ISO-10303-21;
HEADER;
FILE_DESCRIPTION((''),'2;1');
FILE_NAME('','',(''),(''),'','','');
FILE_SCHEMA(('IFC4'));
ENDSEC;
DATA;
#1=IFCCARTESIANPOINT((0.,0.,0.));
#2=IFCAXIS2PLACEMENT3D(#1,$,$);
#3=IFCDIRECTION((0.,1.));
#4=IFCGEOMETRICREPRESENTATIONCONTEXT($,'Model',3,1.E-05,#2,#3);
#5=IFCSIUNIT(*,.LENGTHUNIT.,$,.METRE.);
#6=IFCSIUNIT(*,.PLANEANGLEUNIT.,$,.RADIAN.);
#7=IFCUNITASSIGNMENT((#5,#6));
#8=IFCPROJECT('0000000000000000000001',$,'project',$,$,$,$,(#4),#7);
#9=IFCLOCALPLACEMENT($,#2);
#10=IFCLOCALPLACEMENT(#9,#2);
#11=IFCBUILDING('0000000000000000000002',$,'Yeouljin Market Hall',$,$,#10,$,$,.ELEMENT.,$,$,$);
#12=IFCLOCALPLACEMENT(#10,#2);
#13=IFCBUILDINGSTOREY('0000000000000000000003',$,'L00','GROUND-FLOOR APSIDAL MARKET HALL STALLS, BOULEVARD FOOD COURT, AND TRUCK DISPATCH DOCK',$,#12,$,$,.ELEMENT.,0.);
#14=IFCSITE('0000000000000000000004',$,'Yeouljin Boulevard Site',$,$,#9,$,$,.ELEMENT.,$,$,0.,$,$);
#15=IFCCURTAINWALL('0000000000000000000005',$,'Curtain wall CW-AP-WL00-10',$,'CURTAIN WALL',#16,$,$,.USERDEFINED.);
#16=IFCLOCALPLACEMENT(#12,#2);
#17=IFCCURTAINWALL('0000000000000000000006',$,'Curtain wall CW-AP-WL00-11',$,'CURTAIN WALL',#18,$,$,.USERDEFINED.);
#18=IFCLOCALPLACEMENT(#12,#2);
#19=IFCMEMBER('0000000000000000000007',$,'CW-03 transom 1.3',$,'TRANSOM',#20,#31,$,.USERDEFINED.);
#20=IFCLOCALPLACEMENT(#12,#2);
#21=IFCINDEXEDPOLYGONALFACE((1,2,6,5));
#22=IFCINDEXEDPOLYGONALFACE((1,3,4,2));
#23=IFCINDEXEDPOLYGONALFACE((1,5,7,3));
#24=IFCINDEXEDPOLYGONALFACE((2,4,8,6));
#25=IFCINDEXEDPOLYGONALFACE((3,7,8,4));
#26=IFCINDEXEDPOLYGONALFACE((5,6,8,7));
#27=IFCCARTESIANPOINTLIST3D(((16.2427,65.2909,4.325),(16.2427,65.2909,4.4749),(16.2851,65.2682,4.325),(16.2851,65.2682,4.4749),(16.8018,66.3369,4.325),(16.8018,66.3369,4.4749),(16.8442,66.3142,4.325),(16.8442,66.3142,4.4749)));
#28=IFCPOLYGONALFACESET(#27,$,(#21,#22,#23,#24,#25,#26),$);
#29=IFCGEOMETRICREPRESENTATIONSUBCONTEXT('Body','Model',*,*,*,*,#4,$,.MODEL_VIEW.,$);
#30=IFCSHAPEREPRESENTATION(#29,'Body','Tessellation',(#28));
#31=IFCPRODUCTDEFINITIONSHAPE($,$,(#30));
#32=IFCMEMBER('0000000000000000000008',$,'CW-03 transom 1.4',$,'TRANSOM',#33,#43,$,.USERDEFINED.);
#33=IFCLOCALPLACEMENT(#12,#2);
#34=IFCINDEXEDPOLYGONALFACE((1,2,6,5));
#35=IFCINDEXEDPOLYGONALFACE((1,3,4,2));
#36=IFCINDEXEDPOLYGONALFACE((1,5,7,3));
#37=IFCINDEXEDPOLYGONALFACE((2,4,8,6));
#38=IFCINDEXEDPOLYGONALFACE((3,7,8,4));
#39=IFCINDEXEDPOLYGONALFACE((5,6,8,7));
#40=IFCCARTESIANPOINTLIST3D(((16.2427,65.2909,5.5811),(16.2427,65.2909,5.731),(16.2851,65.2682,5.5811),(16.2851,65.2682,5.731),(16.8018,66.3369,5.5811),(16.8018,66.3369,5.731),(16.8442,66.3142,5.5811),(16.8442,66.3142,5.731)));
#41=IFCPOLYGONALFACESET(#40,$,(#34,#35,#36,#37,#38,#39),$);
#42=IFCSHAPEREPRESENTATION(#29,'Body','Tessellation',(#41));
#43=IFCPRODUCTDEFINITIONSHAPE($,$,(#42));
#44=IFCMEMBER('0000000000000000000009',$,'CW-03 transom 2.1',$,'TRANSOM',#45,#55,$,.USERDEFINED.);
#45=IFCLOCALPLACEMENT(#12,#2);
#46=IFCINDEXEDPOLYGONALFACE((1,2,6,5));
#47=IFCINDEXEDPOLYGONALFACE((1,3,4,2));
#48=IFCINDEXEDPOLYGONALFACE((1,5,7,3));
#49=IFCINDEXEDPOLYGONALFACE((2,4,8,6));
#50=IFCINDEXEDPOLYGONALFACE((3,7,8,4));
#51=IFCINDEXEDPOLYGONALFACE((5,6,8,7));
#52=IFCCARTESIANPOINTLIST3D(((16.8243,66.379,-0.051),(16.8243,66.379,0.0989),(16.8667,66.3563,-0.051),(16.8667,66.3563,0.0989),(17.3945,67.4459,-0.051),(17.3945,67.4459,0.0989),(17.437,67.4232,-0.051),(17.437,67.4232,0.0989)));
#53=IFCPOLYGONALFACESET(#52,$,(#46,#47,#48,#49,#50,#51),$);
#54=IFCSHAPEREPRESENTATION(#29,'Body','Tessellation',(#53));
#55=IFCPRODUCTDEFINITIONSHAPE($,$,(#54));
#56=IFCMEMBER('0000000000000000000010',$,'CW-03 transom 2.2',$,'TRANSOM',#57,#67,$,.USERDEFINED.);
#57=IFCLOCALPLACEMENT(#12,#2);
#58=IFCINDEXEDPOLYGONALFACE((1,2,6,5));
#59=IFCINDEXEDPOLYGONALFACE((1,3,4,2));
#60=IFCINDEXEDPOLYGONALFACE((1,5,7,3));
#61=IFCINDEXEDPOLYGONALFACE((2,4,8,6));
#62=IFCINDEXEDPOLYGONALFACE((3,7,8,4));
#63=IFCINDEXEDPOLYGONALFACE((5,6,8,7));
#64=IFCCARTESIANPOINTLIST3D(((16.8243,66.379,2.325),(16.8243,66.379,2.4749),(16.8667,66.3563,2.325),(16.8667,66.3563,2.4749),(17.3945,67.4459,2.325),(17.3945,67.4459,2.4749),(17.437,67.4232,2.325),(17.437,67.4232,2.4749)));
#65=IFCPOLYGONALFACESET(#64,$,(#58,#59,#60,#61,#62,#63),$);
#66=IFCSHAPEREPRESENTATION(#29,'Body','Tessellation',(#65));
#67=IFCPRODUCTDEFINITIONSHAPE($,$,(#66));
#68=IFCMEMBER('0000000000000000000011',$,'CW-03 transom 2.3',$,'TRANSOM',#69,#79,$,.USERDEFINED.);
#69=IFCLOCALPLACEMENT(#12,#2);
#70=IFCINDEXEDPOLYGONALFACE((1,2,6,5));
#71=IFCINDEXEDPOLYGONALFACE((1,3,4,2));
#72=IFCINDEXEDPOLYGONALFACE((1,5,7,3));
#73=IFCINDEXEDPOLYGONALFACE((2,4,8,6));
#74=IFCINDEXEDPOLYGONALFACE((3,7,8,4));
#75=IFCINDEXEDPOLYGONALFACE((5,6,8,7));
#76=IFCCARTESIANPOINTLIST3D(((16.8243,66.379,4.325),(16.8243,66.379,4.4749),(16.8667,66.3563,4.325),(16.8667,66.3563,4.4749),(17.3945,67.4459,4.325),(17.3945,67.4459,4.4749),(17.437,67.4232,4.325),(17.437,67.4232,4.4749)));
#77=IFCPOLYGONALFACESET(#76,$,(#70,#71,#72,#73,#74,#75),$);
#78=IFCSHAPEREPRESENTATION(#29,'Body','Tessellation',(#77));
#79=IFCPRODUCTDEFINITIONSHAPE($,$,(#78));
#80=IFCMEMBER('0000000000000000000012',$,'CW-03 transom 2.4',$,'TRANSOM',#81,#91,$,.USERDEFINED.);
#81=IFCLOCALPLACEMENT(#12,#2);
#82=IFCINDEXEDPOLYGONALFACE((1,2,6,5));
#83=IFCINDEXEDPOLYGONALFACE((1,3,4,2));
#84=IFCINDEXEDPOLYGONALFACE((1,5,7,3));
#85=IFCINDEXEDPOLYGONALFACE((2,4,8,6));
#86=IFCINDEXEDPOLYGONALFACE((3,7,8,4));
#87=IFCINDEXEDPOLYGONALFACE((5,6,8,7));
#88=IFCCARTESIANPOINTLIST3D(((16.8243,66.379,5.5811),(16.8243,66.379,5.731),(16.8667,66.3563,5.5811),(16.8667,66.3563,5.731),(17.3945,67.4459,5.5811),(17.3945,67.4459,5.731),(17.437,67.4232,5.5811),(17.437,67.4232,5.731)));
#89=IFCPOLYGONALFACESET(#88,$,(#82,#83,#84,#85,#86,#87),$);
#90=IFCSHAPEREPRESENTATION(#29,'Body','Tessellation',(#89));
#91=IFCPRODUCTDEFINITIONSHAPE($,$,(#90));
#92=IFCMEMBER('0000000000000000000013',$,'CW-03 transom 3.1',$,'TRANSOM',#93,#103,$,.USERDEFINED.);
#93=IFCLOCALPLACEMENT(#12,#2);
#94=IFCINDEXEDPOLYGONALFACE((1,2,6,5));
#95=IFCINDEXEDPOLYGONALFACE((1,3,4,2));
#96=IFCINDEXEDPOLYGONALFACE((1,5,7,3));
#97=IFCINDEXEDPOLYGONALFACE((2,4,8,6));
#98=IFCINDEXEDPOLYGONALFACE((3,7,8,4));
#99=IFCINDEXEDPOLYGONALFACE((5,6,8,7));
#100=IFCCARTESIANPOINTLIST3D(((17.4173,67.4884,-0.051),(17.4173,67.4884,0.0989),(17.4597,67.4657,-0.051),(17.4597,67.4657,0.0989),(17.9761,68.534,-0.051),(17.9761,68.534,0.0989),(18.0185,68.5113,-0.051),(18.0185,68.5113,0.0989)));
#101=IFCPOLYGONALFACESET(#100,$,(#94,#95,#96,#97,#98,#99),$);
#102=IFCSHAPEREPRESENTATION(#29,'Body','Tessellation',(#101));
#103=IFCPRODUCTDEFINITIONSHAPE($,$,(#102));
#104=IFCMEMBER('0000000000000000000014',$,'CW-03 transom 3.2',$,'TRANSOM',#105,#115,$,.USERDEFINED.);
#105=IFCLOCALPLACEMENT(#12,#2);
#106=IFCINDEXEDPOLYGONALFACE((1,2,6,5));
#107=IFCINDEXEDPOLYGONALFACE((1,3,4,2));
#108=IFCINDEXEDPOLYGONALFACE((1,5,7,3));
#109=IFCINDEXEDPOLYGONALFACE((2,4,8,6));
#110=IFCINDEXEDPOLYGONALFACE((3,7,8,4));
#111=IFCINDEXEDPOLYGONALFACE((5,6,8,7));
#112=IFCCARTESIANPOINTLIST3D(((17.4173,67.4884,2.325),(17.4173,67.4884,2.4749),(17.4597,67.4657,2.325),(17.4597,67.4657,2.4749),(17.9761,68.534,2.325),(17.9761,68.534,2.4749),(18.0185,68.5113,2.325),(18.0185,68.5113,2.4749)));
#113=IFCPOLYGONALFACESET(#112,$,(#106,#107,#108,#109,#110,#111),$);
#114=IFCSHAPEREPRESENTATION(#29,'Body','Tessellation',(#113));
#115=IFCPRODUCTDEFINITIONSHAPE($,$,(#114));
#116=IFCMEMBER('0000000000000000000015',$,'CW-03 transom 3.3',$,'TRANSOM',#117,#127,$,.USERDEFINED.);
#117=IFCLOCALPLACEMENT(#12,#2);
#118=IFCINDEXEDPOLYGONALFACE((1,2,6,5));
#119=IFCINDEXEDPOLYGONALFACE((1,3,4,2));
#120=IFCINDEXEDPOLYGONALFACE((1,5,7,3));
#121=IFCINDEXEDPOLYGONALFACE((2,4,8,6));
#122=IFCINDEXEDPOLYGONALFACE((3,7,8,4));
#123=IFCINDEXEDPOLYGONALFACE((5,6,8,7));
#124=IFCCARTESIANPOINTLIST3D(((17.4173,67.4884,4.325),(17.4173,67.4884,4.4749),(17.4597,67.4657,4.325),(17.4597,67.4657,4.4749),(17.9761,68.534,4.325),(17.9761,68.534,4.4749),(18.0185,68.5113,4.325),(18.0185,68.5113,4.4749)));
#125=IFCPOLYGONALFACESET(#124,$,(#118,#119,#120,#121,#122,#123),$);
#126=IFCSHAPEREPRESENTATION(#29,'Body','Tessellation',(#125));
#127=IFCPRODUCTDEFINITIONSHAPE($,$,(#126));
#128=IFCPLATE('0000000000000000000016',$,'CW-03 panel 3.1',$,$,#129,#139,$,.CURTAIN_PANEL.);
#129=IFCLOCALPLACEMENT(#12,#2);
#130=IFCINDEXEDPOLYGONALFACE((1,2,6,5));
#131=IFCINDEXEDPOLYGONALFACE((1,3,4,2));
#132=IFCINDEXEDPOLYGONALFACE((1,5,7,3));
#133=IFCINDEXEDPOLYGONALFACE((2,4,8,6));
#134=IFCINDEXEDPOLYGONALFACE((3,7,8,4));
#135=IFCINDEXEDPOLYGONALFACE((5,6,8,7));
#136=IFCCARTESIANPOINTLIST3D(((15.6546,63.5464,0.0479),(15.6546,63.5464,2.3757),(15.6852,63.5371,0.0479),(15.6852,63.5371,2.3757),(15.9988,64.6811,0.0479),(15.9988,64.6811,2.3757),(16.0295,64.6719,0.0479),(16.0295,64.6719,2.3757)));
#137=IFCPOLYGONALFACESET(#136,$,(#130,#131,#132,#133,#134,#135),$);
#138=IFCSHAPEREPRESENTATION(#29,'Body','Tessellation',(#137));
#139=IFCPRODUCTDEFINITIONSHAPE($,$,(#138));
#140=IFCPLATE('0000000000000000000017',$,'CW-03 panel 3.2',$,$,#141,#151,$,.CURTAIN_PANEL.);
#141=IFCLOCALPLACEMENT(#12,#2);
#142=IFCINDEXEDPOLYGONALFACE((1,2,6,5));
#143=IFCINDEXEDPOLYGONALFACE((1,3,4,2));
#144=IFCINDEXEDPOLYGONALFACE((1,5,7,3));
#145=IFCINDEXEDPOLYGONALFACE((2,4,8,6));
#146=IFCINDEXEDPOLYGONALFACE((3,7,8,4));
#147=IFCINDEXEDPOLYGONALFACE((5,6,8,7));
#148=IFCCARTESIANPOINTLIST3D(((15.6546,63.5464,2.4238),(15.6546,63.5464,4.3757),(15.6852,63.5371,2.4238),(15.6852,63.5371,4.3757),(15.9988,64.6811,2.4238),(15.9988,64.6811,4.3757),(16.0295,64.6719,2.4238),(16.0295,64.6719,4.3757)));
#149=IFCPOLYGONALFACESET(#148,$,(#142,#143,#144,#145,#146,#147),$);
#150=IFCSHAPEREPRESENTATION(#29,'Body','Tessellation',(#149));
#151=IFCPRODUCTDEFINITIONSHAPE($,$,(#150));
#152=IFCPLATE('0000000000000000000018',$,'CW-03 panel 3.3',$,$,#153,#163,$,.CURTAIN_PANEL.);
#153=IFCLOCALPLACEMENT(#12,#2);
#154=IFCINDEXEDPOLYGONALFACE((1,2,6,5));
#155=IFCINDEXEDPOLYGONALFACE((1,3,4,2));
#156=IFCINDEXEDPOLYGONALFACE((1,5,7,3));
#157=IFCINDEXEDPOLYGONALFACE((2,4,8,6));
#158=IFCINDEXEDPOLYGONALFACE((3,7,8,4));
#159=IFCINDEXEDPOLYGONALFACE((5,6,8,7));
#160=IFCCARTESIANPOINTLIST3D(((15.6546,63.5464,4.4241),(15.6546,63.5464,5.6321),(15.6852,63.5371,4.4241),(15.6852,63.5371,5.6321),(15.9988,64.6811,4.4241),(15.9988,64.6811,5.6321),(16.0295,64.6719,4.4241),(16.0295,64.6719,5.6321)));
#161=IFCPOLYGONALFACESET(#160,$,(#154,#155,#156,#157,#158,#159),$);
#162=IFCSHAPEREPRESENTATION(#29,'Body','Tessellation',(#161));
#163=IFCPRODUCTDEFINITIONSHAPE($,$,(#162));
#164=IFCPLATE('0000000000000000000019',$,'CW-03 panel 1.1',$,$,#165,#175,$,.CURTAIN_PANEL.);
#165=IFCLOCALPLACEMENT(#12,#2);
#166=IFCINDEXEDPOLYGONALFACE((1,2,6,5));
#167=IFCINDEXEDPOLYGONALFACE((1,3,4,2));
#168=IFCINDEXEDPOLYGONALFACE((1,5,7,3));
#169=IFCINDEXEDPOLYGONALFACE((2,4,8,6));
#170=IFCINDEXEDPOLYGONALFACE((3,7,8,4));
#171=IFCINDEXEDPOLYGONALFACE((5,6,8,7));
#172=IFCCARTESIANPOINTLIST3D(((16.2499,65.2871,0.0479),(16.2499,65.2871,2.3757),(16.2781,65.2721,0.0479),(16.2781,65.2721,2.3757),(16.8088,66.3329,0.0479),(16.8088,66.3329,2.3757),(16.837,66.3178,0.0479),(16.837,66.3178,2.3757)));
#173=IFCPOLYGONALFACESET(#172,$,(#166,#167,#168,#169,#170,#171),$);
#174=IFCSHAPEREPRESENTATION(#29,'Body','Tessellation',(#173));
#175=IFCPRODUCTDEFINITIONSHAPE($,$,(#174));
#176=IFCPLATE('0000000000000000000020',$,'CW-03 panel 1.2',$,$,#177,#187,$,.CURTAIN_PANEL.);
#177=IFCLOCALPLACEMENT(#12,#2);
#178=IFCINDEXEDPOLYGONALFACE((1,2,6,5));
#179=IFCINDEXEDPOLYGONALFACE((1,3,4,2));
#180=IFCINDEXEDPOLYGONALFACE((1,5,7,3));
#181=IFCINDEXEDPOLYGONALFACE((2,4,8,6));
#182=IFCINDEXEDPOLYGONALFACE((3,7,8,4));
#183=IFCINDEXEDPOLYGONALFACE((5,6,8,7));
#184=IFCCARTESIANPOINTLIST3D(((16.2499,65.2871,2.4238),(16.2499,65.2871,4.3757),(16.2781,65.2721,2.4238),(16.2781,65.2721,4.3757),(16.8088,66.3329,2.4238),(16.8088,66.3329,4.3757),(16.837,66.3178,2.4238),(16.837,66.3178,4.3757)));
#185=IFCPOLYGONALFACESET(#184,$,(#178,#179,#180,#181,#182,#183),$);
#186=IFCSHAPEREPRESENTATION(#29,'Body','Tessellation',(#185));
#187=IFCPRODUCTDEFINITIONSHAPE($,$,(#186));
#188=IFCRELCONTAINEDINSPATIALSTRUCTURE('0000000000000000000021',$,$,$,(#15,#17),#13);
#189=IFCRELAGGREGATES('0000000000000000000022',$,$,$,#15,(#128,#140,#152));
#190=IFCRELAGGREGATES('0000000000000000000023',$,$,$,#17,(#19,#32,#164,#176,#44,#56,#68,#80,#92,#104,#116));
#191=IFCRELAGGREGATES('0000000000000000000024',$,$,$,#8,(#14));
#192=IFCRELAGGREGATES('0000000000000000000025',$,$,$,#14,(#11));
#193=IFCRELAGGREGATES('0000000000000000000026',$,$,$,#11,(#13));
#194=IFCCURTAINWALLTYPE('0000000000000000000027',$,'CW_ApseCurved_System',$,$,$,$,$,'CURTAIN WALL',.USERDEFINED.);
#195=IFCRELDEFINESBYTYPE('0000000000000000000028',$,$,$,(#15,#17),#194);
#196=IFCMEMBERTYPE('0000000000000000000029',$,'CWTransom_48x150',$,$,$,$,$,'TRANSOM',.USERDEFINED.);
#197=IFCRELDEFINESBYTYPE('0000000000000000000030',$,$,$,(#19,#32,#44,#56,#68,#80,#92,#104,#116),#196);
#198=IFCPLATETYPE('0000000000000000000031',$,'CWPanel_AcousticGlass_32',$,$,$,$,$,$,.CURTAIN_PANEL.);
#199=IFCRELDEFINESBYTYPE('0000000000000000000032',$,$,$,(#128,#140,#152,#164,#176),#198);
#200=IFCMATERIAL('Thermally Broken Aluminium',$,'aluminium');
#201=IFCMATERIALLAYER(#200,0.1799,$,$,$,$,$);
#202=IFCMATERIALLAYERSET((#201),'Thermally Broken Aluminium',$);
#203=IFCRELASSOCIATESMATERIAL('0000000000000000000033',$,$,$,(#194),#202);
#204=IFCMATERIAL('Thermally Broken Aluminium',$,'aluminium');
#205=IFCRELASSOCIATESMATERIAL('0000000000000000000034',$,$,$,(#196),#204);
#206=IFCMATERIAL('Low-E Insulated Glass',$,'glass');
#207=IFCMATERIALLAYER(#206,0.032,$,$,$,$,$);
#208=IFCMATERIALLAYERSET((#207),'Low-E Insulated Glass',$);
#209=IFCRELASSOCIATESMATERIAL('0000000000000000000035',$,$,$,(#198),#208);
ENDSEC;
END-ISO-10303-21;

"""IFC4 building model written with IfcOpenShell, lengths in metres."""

from ifc_helpers import new_model, si_unit, direction, frame, origin, origin_2d, place, context, subcontext, project, spatial, rectangle, extrude, material, layer, layer_set, material_profile, profile_set, type_object, element, aggregate, save


model = new_model("IFC4")

# Units and contexts
model_context = context("Model", 3, precision=1e-05, world=origin(), true_north=direction((0.0, 1.0)))
body_context = subcontext(model_context, "Body", "Model", "MODEL_VIEW")
ifc_project = project(units=[si_unit("LENGTHUNIT", "METRE"), si_unit("PLANEANGLEUNIT", "RADIAN")], contexts=[model_context])

# Site, building, storey
site_placement = place(None, origin())
site = spatial("IfcSite", under=ifc_project, at=site_placement, Name="Yeouljin Boulevard Site", CompositionType="ELEMENT", RefElevation=0.0)
building_placement = place(site_placement, origin())
building = spatial("IfcBuilding", under=site, at=building_placement, Name="Yeouljin Market Hall", CompositionType="ELEMENT")
storey_placement = place(building_placement, origin())
storey = spatial("IfcBuildingStorey", under=building, at=storey_placement, Name="L00", Description="GROUND-FLOOR APSIDAL MARKET HALL STALLS, BOULEVARD FOOD COURT, AND TRUCK DISPATCH DOCK", CompositionType="ELEMENT", Elevation=0.0)

# Curtain wall
ifc_material_1 = material(Name="Thermally Broken Aluminium", Category="aluminium")
ifc_layer_1 = layer(ifc_material_1, 0.1799)
ifc_layer_set_1 = layer_set([ifc_layer_1], Name="Thermally Broken Aluminium")
curtain_wall_type = type_object("IfcCurtainWallType", Name="CW_ApseCurved_System", ElementType="CURTAIN WALL", PredefinedType="USERDEFINED", material=ifc_layer_set_1)
curtain_wall_1_placement = place(storey_placement, origin())
curtain_wall_1 = element("IfcCurtainWall", 1, at=curtain_wall_1_placement, inside=storey, type_object=curtain_wall_type, Name="Curtain wall CW-AP-WL00-10", ObjectType="CURTAIN WALL", PredefinedType="USERDEFINED")

# Curtain wall
curtain_wall_2_placement = place(storey_placement, origin())
curtain_wall_2 = element("IfcCurtainWall", 2, at=curtain_wall_2_placement, inside=storey, type_object=curtain_wall_type, Name="Curtain wall CW-AP-WL00-11", ObjectType="CURTAIN WALL", PredefinedType="USERDEFINED")

# Members
ifc_material_2 = material(Name="Thermally Broken Aluminium", Category="aluminium")
ifc_material_profile_1 = material_profile(ifc_material_2, rectangle(XDim=0.0481, YDim=0.1499, at=origin_2d()), Name="CW-TRAN-48x150")
ifc_profile_set_1 = profile_set([ifc_material_profile_1], Name="Thermally Broken Aluminium")
member_type_1 = type_object("IfcMemberType", Name="CWTransom_48x150", ElementType="TRANSOM", PredefinedType="USERDEFINED", material=ifc_profile_set_1)
member_1_placement = place(storey_placement, frame((16.2639, 65.2795, 4.3999), z_axis=(0.471421, 0.881908, 0.0), x_axis=(-0.881908, 0.471421, 0.0)))
member_1 = element("IfcMember", 3, at=member_1_placement, type_object=member_type_1, Name="CW-03 transom 1.3", ObjectType="TRANSOM", PredefinedType="USERDEFINED", context=body_context, shape_type="SweptSolid", body=[
    extrude(rectangle(XDim=0.0481, YDim=0.1499, at=origin_2d()), origin(), (0.0, 0.0, 1.0), 1.186),
])
member_2_placement = place(storey_placement, frame((16.2639, 65.2795, 5.656), z_axis=(0.471421, 0.881908, 0.0), x_axis=(-0.881908, 0.471421, 0.0)))
member_2 = element("IfcMember", 4, at=member_2_placement, type_object=member_type_1, Name="CW-03 transom 1.4", ObjectType="TRANSOM", PredefinedType="USERDEFINED", context=body_context, shape_type="SweptSolid", body=[
    extrude(rectangle(XDim=0.0481, YDim=0.1499, at=origin_2d()), origin(), (0.0, 0.0, 1.0), 1.186),
])
member_3_placement = place(storey_placement, frame((16.8455, 66.3677, 0.0239), z_axis=(0.471426, 0.881906, 0.0), x_axis=(-0.881906, 0.471426, 0.0)))
member_3 = element("IfcMember", 5, at=member_3_placement, type_object=member_type_1, Name="CW-03 transom 2.1", ObjectType="TRANSOM", PredefinedType="USERDEFINED", context=body_context, shape_type="SweptSolid", body=[
    extrude(rectangle(XDim=0.0481, YDim=0.1499, at=origin_2d()), origin(), (0.0, 0.0, 1.0), 1.2097),
])
member_4_placement = place(storey_placement, frame((16.8455, 66.3677, 2.3999), z_axis=(0.471426, 0.881906, 0.0), x_axis=(-0.881906, 0.471426, 0.0)))
member_4 = element("IfcMember", 6, at=member_4_placement, type_object=member_type_1, Name="CW-03 transom 2.2", ObjectType="TRANSOM", PredefinedType="USERDEFINED", context=body_context, shape_type="SweptSolid", body=[
    extrude(rectangle(XDim=0.0481, YDim=0.1499, at=origin_2d()), origin(), (0.0, 0.0, 1.0), 1.2097),
])
member_5_placement = place(storey_placement, frame((16.8455, 66.3677, 4.3999), z_axis=(0.471426, 0.881906, 0.0), x_axis=(-0.881906, 0.471426, 0.0)))
member_5 = element("IfcMember", 7, at=member_5_placement, type_object=member_type_1, Name="CW-03 transom 2.3", ObjectType="TRANSOM", PredefinedType="USERDEFINED", context=body_context, shape_type="SweptSolid", body=[
    extrude(rectangle(XDim=0.0481, YDim=0.1499, at=origin_2d()), origin(), (0.0, 0.0, 1.0), 1.2097),
])
member_6_placement = place(storey_placement, frame((16.8455, 66.3677, 5.656), z_axis=(0.471426, 0.881906, 0.0), x_axis=(-0.881906, 0.471426, 0.0)))
member_6 = element("IfcMember", 8, at=member_6_placement, type_object=member_type_1, Name="CW-03 transom 2.4", ObjectType="TRANSOM", PredefinedType="USERDEFINED", context=body_context, shape_type="SweptSolid", body=[
    extrude(rectangle(XDim=0.0481, YDim=0.1499, at=origin_2d()), origin(), (0.0, 0.0, 1.0), 1.2097),
])
member_7_placement = place(storey_placement, frame((17.4385, 67.4771, 0.0239), z_axis=(0.471347, 0.881948, 0.0), x_axis=(-0.881948, 0.471347, 0.0)))
member_7 = element("IfcMember", 9, at=member_7_placement, type_object=member_type_1, Name="CW-03 transom 3.1", ObjectType="TRANSOM", PredefinedType="USERDEFINED", context=body_context, shape_type="SweptSolid", body=[
    extrude(rectangle(XDim=0.0481, YDim=0.1499, at=origin_2d()), origin(), (0.0, 0.0, 1.0), 1.1855),
])
member_8_placement = place(storey_placement, frame((17.4385, 67.4771, 2.3999), z_axis=(0.471347, 0.881948, 0.0), x_axis=(-0.881948, 0.471347, 0.0)))
member_8 = element("IfcMember", 10, at=member_8_placement, type_object=member_type_1, Name="CW-03 transom 3.2", ObjectType="TRANSOM", PredefinedType="USERDEFINED", context=body_context, shape_type="SweptSolid", body=[
    extrude(rectangle(XDim=0.0481, YDim=0.1499, at=origin_2d()), origin(), (0.0, 0.0, 1.0), 1.1855),
])
member_9_placement = place(storey_placement, frame((17.4385, 67.4771, 4.3999), z_axis=(0.471347, 0.881948, 0.0), x_axis=(-0.881948, 0.471347, 0.0)))
member_9 = element("IfcMember", 11, at=member_9_placement, type_object=member_type_1, Name="CW-03 transom 3.3", ObjectType="TRANSOM", PredefinedType="USERDEFINED", context=body_context, shape_type="SweptSolid", body=[
    extrude(rectangle(XDim=0.0481, YDim=0.1499, at=origin_2d()), origin(), (0.0, 0.0, 1.0), 1.1855),
])

# Plates
ifc_material_3 = material(Name="Low-E Insulated Glass", Category="glass")
ifc_layer_2 = layer(ifc_material_3, 0.032)
ifc_layer_set_2 = layer_set([ifc_layer_2], Name="Low-E Insulated Glass")
plate_type = type_object("IfcPlateType", Name="CWPanel_AcousticGlass_32", PredefinedType="CURTAIN_PANEL", material=ifc_layer_set_2)
plate_1_placement = place(storey_placement, frame((15.842, 64.1091, 0.0479), z_axis=(0.0, 0.0, 1.0), x_axis=(0.290286, 0.95694, 0.0)))
plate_1 = element("IfcPlate", 12, at=plate_1_placement, type_object=plate_type, Name="CW-03 panel 3.1", PredefinedType="CURTAIN_PANEL", context=body_context, shape_type="SweptSolid", body=[
    extrude(rectangle(XDim=1.1858, YDim=0.032, at=origin_2d()), origin(), (0.0, 0.0, 1.0), 2.3279),
])
plate_2_placement = place(storey_placement, frame((15.842, 64.1091, 2.4238), z_axis=(0.0, 0.0, 1.0), x_axis=(0.290286, 0.95694, 0.0)))
plate_2 = element("IfcPlate", 13, at=plate_2_placement, type_object=plate_type, Name="CW-03 panel 3.2", PredefinedType="CURTAIN_PANEL", context=body_context, shape_type="SweptSolid", body=[
    extrude(rectangle(XDim=1.1858, YDim=0.032, at=origin_2d()), origin(), (0.0, 0.0, 1.0), 1.9519),
])
plate_3_placement = place(storey_placement, frame((15.842, 64.1091, 4.4241), z_axis=(0.0, 0.0, 1.0), x_axis=(0.290286, 0.95694, 0.0)))
plate_3 = element("IfcPlate", 14, at=plate_3_placement, type_object=plate_type, Name="CW-03 panel 3.3", PredefinedType="CURTAIN_PANEL", context=body_context, shape_type="SweptSolid", body=[
    extrude(rectangle(XDim=1.1858, YDim=0.032, at=origin_2d()), origin(), (0.0, 0.0, 1.0), 1.208),
])
aggregate(curtain_wall_1, [plate_1, plate_2, plate_3])
plate_4_placement = place(storey_placement, frame((16.5435, 65.8025, 0.0479), z_axis=(0.0, 0.0, 1.0), x_axis=(0.471378, 0.881931, 0.0)))
plate_4 = element("IfcPlate", 15, at=plate_4_placement, type_object=plate_type, Name="CW-03 panel 1.1", PredefinedType="CURTAIN_PANEL", context=body_context, shape_type="SweptSolid", body=[
    extrude(rectangle(XDim=1.1858, YDim=0.032, at=origin_2d()), origin(), (0.0, 0.0, 1.0), 2.3279),
])
plate_5_placement = place(storey_placement, frame((16.5435, 65.8025, 2.4238), z_axis=(0.0, 0.0, 1.0), x_axis=(0.471378, 0.881931, 0.0)))
plate_5 = element("IfcPlate", 16, at=plate_5_placement, type_object=plate_type, Name="CW-03 panel 1.2", PredefinedType="CURTAIN_PANEL", context=body_context, shape_type="SweptSolid", body=[
    extrude(rectangle(XDim=1.1858, YDim=0.032, at=origin_2d()), origin(), (0.0, 0.0, 1.0), 1.9519),
])
aggregate(curtain_wall_2, [member_1, member_2, plate_4, plate_5, member_3, member_4, member_5, member_6, member_7, member_8, member_9])

save(model, "model.ifc")
